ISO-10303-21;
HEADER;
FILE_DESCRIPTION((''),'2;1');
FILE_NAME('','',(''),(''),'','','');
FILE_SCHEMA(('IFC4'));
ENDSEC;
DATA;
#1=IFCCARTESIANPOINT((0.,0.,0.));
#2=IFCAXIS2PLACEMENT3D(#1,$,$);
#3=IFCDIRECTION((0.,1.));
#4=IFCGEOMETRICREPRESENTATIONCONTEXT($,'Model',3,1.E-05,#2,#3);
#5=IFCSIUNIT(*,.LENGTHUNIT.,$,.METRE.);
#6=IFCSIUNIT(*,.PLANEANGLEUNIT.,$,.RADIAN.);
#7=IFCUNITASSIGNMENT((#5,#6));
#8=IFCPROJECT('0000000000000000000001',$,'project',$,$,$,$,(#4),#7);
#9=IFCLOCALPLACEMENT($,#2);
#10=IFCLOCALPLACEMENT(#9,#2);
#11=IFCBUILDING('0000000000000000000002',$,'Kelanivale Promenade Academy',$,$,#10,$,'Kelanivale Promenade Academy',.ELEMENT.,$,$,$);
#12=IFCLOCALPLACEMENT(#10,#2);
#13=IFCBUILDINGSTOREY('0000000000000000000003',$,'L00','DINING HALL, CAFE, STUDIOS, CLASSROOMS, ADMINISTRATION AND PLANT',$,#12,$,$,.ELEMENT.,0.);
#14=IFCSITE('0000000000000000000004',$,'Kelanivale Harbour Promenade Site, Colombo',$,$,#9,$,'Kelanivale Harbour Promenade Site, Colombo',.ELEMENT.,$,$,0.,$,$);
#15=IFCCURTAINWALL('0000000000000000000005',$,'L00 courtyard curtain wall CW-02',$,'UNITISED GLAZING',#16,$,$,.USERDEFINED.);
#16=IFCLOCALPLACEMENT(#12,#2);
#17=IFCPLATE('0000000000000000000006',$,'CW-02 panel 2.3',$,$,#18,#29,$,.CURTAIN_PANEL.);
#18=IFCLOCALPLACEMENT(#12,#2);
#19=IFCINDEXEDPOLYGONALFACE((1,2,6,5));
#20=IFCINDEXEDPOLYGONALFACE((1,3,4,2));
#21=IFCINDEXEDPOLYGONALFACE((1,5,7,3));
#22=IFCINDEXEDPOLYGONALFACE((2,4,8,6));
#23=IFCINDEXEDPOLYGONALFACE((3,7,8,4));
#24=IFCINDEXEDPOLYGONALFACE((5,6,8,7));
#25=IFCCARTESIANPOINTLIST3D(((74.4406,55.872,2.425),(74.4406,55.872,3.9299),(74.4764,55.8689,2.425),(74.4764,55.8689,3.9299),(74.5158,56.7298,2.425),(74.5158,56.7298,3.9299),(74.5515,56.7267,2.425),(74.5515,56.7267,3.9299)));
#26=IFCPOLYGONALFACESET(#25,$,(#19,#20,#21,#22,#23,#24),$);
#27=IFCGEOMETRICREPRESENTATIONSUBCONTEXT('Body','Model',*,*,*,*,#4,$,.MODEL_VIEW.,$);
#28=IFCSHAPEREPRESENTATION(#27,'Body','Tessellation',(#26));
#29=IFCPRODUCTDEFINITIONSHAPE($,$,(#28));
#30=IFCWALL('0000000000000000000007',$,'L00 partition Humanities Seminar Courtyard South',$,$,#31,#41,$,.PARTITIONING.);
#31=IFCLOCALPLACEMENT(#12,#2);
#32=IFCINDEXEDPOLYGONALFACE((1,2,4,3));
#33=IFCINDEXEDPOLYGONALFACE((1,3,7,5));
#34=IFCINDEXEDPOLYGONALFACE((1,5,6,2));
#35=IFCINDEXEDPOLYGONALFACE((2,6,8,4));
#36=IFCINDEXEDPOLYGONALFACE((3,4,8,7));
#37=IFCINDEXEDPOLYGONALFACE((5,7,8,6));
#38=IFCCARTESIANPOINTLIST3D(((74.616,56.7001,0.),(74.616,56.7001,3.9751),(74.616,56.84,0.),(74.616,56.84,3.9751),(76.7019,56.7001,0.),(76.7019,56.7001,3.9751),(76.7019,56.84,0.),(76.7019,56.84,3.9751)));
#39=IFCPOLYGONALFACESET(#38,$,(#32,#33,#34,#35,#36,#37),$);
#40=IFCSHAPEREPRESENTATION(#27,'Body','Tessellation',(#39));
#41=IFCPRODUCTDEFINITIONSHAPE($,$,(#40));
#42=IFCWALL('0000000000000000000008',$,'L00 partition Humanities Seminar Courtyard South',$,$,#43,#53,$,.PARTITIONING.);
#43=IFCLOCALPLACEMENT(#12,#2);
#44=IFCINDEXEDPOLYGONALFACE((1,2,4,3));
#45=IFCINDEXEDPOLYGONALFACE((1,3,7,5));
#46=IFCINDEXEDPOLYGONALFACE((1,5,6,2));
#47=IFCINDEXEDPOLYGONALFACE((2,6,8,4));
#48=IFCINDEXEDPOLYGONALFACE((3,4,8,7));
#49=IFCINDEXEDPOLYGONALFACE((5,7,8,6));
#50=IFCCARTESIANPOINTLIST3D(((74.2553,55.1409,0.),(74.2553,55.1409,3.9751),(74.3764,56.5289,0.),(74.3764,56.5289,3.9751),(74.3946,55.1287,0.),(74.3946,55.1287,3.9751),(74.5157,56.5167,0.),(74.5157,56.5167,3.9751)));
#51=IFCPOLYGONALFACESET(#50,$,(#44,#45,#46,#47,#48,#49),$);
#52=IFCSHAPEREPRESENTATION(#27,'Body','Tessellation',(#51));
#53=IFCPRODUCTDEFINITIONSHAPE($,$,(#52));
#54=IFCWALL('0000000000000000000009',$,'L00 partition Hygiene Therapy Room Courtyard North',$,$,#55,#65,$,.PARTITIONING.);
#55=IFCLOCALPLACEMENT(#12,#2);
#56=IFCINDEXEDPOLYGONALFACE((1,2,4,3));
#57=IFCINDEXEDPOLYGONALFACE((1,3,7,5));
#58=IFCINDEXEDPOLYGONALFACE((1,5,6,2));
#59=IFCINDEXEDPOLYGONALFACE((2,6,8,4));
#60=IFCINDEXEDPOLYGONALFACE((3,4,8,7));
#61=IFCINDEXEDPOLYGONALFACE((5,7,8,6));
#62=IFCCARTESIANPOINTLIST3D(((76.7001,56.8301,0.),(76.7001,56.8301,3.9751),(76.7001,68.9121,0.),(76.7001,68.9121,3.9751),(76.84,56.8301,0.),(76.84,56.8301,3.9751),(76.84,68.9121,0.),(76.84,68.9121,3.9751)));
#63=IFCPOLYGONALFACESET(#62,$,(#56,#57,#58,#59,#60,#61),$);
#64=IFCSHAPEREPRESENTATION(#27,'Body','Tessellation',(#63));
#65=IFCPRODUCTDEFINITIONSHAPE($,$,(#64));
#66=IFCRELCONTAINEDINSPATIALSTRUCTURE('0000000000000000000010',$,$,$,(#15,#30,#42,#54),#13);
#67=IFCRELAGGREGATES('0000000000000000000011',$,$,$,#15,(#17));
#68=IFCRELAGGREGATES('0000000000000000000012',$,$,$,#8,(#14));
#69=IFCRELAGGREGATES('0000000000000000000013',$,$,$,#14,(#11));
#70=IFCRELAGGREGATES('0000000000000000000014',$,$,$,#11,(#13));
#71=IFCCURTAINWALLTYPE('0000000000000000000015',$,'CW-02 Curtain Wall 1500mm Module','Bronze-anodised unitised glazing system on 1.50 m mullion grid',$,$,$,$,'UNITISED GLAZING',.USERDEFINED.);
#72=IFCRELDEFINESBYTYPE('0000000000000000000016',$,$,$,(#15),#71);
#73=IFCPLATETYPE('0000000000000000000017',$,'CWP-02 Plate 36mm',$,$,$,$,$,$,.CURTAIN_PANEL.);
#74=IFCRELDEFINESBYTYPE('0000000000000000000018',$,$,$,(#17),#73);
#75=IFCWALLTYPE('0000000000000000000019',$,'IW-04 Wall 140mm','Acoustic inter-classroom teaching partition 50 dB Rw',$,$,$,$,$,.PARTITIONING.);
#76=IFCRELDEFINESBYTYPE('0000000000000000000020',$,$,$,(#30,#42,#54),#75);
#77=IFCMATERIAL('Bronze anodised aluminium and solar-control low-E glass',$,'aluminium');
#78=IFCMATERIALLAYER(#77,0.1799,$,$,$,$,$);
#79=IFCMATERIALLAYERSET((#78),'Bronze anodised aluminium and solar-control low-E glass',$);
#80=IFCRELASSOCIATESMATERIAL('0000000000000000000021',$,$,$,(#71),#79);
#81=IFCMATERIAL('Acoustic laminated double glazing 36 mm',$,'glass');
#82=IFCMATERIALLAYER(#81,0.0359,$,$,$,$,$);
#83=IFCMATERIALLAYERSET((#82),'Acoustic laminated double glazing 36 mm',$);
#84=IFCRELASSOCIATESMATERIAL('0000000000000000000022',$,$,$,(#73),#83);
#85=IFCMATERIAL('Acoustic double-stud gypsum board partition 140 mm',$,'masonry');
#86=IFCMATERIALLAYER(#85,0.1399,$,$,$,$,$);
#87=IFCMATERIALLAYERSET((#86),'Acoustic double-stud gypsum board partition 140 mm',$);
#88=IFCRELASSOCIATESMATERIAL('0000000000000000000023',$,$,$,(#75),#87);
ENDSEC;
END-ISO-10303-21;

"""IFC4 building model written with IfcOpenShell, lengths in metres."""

from ifc_helpers import new_model, si_unit, direction, frame, frame_2d, origin, origin_2d, place, context, subcontext, project, spatial, rectangle, extrude, material, layer, layer_set, type_object, element, aggregate, save


model = new_model("IFC4")

# Units and contexts
model_context = context("Model", 3, precision=1e-05, world=origin(), true_north=direction((0.0, 1.0)))
body_context = subcontext(model_context, "Body", "Model", "MODEL_VIEW")
ifc_project = project(units=[si_unit("LENGTHUNIT", "METRE"), si_unit("PLANEANGLEUNIT", "RADIAN")], contexts=[model_context])

# Site, building, storey
site_placement = place(None, origin())
site = spatial("IfcSite", under=ifc_project, at=site_placement, Name="Kelanivale Harbour Promenade Site, Colombo", LongName="Kelanivale Harbour Promenade Site, Colombo", CompositionType="ELEMENT", RefElevation=0.0)
building_placement = place(site_placement, origin())
building = spatial("IfcBuilding", under=site, at=building_placement, Name="Kelanivale Promenade Academy", LongName="Kelanivale Promenade Academy", CompositionType="ELEMENT")
storey_placement = place(building_placement, origin())
storey = spatial("IfcBuildingStorey", under=building, at=storey_placement, Name="L00", Description="DINING HALL, CAFE, STUDIOS, CLASSROOMS, ADMINISTRATION AND PLANT", CompositionType="ELEMENT", Elevation=0.0)

# Curtain wall
ifc_material_1 = material(Name="Bronze anodised aluminium and solar-control low-E glass", Category="aluminium")
ifc_layer_1 = layer(ifc_material_1, 0.1799)
ifc_layer_set_1 = layer_set([ifc_layer_1], Name="Bronze anodised aluminium and solar-control low-E glass")
curtain_wall_type_1 = type_object("IfcCurtainWallType", Name="CW-02 Curtain Wall 1500mm Module", Description="Bronze-anodised unitised glazing system on 1.50 m mullion grid", ElementType="UNITISED GLAZING", PredefinedType="USERDEFINED", material=ifc_layer_set_1)
curtain_wall_1_placement = place(storey_placement, origin())
curtain_wall_1 = element("IfcCurtainWall", 1, at=curtain_wall_1_placement, inside=storey, type_object=curtain_wall_type_1, Name="L00 courtyard curtain wall CW-02", ObjectType="UNITISED GLAZING", PredefinedType="USERDEFINED")

# Plate
ifc_material_2 = material(Name="Acoustic laminated double glazing 36 mm", Category="glass")
ifc_layer_2 = layer(ifc_material_2, 0.0359)
ifc_layer_set_2 = layer_set([ifc_layer_2], Name="Acoustic laminated double glazing 36 mm")
plate_type = type_object("IfcPlateType", Name="CWP-02 Plate 36mm", PredefinedType="CURTAIN_PANEL", material=ifc_layer_set_2)
plate_1_placement = place(storey_placement, frame((74.4961, 56.2993, 2.425), z_axis=(0.0, 0.0, 1.0), x_axis=(0.087265, 0.996185, 0.0)))
plate_1 = element("IfcPlate", 2, at=plate_1_placement, type_object=plate_type, Name="CW-02 panel 2.3", PredefinedType="CURTAIN_PANEL", context=body_context, shape_type="SweptSolid", body=[
    extrude(rectangle(XDim=0.8611, YDim=0.0359, at=origin_2d()), origin(), (0.0, 0.0, 1.0), 1.5049),
])
aggregate(curtain_wall_1, [plate_1])

# Walls
ifc_material_3 = material(Name="Acoustic double-stud gypsum board partition 140 mm", Category="masonry")
ifc_layer_3 = layer(ifc_material_3, 0.1399)
ifc_layer_set_3 = layer_set([ifc_layer_3], Name="Acoustic double-stud gypsum board partition 140 mm")
wall_type = type_object("IfcWallType", Name="IW-04 Wall 140mm", Description="Acoustic inter-classroom teaching partition 50 dB Rw", PredefinedType="PARTITIONING", material=ifc_layer_set_3)
wall_1_placement = place(storey_placement, frame((76.7019, 56.77, 0.0), z_axis=(0.0, 0.0, 1.0), x_axis=(-1.0, 0.0, 0.0)))
element("IfcWall", 3, at=wall_1_placement, inside=storey, type_object=wall_type, Name="L00 partition Humanities Seminar Courtyard South", PredefinedType="PARTITIONING", context=body_context, shape_type="SweptSolid", body=[
    extrude(rectangle(XDim=2.0859, YDim=0.1399, at=frame_2d((1.043, 0.0))), origin(), (0.0, 0.0, 1.0), 3.9751),
])
wall_2_placement = place(storey_placement, frame((74.446, 56.5229, 0.0), z_axis=(0.0, 0.0, 1.0), x_axis=(-0.086917, -0.996216, 0.0)))
element("IfcWall", 4, at=wall_2_placement, inside=storey, type_object=wall_type, Name="L00 partition Humanities Seminar Courtyard South", PredefinedType="PARTITIONING", context=body_context, shape_type="SweptSolid", body=[
    extrude(rectangle(XDim=1.3933, YDim=0.1399, at=frame_2d((0.6968, 0.0))), origin(), (0.0, 0.0, 1.0), 3.9751),
])
wall_3_placement = place(storey_placement, frame((76.77, 56.8301, 0.0), z_axis=(0.0, 0.0, 1.0), x_axis=(0.0, 1.0, 0.0)))
element("IfcWall", 5, at=wall_3_placement, inside=storey, type_object=wall_type, Name="L00 partition Hygiene Therapy Room Courtyard North", PredefinedType="PARTITIONING", context=body_context, shape_type="SweptSolid", body=[
    extrude(rectangle(XDim=12.082, YDim=0.1399, at=frame_2d((6.041, 0.0))), origin(), (0.0, 0.0, 1.0), 3.9751),
])

save(model, "model.ifc")
